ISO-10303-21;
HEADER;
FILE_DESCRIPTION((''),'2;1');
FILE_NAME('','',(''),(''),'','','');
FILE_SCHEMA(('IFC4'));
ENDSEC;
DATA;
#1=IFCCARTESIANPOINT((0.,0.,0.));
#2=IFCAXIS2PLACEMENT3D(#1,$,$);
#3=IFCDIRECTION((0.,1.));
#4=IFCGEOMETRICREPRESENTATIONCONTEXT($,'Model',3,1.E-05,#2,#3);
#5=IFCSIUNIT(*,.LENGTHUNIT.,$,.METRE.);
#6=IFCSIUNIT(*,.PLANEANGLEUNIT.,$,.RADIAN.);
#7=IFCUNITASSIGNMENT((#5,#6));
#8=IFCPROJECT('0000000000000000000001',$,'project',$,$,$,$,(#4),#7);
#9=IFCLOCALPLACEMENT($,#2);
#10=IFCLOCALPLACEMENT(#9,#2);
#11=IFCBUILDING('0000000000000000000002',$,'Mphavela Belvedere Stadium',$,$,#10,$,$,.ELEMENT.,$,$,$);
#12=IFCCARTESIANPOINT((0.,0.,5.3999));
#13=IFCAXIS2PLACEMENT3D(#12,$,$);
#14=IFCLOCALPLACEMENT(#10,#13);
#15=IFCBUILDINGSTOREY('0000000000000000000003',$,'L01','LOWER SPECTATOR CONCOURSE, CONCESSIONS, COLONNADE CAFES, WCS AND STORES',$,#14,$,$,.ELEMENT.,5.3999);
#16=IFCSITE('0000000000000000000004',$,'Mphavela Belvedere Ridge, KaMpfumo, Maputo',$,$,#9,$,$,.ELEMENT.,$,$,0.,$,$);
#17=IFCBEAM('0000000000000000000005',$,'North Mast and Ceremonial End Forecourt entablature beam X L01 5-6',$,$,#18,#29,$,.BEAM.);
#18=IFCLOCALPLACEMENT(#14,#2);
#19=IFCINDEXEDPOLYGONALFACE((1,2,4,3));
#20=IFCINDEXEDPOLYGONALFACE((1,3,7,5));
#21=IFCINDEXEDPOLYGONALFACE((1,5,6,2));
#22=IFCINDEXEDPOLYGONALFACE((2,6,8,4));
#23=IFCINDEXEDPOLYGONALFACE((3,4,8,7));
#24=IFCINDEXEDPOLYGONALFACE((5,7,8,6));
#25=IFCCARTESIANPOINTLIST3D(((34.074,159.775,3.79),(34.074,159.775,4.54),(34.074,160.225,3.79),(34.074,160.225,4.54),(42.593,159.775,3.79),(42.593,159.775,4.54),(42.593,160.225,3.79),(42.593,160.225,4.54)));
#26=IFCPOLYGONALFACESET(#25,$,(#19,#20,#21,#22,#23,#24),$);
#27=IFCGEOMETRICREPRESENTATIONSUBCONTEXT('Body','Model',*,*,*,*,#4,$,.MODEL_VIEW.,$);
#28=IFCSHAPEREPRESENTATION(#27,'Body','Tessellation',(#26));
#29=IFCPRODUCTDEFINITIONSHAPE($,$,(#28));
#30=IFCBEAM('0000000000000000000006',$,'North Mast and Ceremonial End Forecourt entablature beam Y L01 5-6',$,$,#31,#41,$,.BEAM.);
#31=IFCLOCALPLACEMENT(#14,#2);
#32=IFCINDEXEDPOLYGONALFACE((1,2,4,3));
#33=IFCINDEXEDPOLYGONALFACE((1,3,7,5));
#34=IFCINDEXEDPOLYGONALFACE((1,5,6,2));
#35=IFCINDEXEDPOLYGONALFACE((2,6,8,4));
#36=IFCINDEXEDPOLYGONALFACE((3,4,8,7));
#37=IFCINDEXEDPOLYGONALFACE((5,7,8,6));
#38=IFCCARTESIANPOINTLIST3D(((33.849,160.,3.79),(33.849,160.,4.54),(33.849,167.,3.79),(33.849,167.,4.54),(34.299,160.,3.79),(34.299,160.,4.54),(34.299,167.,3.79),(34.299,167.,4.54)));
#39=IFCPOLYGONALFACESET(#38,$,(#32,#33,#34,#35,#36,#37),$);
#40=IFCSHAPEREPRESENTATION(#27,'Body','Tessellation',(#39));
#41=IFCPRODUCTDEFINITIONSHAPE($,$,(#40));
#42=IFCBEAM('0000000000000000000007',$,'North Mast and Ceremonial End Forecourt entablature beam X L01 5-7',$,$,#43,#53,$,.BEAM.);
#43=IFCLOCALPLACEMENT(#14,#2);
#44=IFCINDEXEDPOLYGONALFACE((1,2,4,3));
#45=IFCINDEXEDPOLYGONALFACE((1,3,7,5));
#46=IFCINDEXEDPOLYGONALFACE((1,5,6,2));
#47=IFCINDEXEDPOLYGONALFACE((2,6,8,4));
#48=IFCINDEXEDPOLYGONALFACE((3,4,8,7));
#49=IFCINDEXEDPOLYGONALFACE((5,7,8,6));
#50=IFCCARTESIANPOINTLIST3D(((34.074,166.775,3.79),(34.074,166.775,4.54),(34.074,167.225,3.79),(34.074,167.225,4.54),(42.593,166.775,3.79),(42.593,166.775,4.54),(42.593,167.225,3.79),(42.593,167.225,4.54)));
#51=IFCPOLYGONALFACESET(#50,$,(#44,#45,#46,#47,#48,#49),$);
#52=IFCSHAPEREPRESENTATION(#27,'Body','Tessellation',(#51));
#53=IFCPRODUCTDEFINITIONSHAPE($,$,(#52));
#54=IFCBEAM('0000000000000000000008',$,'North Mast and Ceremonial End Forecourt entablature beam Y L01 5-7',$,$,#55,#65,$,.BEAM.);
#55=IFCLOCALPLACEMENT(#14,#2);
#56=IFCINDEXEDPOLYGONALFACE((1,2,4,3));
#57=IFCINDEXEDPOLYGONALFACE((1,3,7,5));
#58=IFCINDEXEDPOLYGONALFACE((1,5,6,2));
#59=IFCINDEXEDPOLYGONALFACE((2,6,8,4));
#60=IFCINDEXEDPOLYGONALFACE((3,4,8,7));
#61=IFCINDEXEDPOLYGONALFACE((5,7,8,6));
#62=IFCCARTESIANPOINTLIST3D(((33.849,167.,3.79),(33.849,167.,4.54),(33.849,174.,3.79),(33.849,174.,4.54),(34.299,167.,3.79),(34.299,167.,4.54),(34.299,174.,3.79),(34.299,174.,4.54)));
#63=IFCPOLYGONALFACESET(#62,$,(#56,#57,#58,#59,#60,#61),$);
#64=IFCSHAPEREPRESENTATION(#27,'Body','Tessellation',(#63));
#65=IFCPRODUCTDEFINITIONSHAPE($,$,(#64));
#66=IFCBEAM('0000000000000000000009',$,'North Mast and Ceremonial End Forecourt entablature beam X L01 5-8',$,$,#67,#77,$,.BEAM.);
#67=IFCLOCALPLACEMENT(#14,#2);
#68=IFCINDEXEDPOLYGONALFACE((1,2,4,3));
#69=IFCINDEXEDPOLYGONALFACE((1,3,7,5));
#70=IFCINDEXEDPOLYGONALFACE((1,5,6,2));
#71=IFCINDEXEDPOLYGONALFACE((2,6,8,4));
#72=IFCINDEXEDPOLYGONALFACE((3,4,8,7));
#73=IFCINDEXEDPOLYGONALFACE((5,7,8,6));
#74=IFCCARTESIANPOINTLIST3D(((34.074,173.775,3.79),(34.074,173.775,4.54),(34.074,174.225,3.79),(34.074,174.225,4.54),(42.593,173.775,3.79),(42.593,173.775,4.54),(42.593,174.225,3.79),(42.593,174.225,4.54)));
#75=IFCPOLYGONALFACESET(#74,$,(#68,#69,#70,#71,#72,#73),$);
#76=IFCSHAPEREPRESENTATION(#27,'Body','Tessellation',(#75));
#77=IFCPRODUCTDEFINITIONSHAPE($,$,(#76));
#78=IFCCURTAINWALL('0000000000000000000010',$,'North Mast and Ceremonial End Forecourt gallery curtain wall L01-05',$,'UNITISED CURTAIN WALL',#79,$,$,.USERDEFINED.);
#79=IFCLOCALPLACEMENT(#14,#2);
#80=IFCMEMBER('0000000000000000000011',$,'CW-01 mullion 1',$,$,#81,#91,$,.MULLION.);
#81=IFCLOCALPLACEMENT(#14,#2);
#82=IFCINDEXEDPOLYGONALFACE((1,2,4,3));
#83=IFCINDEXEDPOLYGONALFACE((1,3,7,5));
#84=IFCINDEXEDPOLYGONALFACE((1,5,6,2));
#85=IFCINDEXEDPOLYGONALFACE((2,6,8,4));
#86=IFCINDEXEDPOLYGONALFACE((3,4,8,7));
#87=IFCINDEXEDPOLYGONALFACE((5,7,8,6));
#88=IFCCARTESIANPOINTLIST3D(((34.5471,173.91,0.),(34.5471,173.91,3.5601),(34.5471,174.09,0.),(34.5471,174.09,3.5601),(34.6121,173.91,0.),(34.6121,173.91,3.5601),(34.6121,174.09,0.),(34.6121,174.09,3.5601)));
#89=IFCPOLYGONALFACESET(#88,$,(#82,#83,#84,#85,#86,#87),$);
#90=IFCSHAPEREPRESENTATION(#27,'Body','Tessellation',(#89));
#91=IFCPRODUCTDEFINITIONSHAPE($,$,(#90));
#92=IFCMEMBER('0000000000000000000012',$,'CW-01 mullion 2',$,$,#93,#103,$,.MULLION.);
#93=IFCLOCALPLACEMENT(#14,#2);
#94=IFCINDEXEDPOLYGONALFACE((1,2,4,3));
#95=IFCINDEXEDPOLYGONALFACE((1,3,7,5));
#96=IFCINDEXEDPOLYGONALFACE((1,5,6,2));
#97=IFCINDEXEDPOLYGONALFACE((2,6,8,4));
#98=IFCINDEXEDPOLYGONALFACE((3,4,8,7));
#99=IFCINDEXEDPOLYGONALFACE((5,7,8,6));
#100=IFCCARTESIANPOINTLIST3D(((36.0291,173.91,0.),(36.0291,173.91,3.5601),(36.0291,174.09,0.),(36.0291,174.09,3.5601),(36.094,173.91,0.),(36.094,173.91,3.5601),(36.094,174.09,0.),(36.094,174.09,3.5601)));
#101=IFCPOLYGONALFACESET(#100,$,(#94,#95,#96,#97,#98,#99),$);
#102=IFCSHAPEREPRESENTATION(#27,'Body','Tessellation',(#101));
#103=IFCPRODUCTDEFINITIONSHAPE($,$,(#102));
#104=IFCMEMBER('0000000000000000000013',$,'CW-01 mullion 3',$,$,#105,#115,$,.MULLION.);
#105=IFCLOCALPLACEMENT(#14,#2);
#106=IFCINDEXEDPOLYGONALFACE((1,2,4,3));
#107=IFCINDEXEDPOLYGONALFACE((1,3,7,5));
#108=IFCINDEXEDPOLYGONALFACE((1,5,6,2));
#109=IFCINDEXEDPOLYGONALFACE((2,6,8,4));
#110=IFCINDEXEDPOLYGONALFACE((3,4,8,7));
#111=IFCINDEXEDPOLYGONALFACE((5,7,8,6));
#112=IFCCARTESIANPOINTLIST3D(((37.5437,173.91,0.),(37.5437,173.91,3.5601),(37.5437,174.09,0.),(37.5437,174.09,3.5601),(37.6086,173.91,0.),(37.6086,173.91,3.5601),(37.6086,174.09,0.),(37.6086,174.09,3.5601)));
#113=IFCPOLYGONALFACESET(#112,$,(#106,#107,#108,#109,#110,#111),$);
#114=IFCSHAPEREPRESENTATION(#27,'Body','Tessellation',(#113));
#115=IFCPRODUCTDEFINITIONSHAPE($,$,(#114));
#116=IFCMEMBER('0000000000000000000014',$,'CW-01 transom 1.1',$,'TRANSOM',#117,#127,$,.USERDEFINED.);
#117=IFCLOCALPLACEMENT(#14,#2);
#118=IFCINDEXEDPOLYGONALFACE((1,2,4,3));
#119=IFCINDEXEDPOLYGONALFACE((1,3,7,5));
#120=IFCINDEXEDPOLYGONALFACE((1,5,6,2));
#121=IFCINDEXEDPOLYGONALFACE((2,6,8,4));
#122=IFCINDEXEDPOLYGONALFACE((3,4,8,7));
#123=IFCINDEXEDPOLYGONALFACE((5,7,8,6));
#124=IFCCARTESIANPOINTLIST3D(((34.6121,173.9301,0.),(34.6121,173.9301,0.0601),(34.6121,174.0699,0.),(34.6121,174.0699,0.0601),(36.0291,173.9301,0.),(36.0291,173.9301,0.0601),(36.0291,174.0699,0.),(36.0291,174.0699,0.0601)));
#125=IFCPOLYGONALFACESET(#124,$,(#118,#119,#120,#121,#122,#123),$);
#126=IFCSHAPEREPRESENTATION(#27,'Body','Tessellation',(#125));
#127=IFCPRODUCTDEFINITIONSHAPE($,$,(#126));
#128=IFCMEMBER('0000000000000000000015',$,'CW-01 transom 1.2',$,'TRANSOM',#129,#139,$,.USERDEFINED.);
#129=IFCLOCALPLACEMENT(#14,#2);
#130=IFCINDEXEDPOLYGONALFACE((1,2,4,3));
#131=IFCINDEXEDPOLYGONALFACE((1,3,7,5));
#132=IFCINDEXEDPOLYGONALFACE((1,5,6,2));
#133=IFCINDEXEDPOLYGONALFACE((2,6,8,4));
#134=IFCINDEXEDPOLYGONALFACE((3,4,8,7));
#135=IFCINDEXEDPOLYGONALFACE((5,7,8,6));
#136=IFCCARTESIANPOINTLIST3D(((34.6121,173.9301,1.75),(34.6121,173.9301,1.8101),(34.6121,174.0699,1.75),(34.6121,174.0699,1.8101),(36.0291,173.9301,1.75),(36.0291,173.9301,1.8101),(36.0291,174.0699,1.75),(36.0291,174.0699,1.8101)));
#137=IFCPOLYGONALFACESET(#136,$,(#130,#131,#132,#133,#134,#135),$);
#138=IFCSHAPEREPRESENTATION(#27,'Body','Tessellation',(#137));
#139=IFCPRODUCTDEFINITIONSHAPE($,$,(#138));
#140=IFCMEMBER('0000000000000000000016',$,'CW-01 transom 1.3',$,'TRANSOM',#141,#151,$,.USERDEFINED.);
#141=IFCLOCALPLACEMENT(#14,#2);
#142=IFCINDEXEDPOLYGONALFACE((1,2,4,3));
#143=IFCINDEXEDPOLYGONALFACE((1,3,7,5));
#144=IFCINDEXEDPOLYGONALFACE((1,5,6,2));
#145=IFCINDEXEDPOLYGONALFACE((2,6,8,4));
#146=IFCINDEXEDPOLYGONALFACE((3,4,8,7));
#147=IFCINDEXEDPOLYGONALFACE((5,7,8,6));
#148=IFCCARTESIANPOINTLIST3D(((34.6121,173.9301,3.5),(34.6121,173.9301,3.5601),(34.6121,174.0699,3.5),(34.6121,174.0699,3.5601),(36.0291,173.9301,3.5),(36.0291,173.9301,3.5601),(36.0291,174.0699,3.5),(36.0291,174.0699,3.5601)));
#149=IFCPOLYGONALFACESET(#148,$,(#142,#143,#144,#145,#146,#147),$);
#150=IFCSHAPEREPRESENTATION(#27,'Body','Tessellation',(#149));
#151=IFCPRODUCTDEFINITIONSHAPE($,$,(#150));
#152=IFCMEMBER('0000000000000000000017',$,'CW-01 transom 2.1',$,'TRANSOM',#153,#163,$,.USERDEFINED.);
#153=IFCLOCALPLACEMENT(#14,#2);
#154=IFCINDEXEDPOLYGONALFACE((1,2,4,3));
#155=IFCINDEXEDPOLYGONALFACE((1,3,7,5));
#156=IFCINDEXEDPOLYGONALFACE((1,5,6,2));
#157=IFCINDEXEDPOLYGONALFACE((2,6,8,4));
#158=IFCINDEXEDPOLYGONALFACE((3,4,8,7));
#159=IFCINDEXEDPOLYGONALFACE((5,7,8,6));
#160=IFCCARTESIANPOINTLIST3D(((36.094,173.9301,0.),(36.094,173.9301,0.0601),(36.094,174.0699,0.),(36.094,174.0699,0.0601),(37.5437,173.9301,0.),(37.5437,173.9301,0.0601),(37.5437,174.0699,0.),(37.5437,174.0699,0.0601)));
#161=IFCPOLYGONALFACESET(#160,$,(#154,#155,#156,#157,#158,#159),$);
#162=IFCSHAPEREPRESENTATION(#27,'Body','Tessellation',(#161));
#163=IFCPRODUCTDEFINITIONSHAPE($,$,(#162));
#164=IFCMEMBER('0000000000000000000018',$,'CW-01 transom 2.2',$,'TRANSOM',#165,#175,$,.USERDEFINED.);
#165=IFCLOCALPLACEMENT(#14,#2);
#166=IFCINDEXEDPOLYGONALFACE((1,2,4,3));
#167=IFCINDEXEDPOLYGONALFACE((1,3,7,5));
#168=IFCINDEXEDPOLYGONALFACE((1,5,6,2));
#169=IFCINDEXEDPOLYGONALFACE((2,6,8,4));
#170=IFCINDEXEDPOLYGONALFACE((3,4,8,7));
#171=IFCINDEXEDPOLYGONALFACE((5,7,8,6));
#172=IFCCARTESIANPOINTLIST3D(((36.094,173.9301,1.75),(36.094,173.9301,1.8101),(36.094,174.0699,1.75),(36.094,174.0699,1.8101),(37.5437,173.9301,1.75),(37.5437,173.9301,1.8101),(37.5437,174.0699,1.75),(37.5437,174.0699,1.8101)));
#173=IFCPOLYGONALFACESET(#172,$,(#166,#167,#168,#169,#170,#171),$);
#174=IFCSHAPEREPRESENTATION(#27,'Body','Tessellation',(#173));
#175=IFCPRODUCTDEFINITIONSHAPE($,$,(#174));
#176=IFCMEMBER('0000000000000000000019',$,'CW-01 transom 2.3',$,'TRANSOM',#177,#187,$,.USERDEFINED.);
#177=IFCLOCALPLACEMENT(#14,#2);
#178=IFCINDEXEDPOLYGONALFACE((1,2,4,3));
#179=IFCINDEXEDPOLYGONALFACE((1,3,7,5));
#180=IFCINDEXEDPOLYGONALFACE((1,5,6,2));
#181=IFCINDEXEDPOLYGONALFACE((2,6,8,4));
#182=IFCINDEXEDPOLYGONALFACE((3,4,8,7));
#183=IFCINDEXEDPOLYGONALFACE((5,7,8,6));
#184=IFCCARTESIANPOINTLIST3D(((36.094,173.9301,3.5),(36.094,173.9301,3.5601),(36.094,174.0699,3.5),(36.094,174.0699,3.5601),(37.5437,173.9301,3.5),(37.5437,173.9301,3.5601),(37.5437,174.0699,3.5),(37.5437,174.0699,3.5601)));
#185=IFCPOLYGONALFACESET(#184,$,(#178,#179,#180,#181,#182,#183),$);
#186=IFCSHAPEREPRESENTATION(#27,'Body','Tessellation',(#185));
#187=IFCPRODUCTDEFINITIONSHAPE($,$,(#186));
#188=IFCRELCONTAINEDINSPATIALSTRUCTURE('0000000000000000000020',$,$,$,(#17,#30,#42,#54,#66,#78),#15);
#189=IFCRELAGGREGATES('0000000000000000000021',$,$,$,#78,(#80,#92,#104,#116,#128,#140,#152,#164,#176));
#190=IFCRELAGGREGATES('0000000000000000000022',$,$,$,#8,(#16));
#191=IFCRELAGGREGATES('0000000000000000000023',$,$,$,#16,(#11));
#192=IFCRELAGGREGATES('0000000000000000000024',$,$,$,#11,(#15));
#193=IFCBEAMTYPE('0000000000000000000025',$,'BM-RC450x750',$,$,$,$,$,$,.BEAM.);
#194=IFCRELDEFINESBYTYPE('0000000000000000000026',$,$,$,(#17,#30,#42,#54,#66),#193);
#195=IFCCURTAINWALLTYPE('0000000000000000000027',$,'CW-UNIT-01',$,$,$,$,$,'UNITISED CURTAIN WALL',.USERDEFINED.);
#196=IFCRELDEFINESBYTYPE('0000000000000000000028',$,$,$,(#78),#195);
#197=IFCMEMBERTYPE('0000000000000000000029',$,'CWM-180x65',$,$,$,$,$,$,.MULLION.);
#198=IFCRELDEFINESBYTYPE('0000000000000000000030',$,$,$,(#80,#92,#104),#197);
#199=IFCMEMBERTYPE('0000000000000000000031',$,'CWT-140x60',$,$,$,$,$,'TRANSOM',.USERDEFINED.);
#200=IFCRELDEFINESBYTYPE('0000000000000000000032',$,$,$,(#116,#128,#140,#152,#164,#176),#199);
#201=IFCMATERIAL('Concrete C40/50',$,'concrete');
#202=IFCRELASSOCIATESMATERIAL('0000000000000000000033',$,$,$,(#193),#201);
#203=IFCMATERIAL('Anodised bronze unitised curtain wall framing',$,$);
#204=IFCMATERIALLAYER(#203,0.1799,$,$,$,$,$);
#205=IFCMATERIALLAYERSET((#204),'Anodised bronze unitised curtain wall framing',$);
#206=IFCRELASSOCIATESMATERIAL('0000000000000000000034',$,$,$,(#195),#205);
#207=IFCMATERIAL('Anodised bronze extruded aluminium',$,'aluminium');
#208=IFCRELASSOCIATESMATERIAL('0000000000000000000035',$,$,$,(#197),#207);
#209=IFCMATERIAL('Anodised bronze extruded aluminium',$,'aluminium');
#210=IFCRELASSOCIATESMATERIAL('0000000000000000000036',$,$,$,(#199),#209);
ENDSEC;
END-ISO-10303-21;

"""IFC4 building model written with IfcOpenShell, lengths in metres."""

from ifc_helpers import new_model, si_unit, direction, frame, origin, origin_2d, place, context, subcontext, project, spatial, rectangle, extrude, material, layer, layer_set, material_profile, profile_set, type_object, element, aggregate, save


model = new_model("IFC4")

# Units and contexts
model_context = context("Model", 3, precision=1e-05, world=origin(), true_north=direction((0.0, 1.0)))
body_context = subcontext(model_context, "Body", "Model", "MODEL_VIEW")
ifc_project = project(units=[si_unit("LENGTHUNIT", "METRE"), si_unit("PLANEANGLEUNIT", "RADIAN")], contexts=[model_context])

# Site, building, storey
site_placement = place(None, origin())
site = spatial("IfcSite", under=ifc_project, at=site_placement, Name="Mphavela Belvedere Ridge, KaMpfumo, Maputo", CompositionType="ELEMENT", RefElevation=0.0)
building_placement = place(site_placement, origin())
building = spatial("IfcBuilding", under=site, at=building_placement, Name="Mphavela Belvedere Stadium", CompositionType="ELEMENT")
storey_placement = place(building_placement, frame((0.0, 0.0, 5.3999)))
storey = spatial("IfcBuildingStorey", under=building, at=storey_placement, Name="L01", Description="LOWER SPECTATOR CONCOURSE, CONCESSIONS, COLONNADE CAFES, WCS AND STORES", CompositionType="ELEMENT", Elevation=5.3999)

# Beams
ifc_material_1 = material(Name="Concrete C40/50", Category="concrete")
ifc_material_profile_1 = material_profile(ifc_material_1, rectangle(XDim=0.45, YDim=0.75, at=origin_2d()), Name="RC 450x750")
ifc_profile_set_1 = profile_set([ifc_material_profile_1], Name="Concrete C40/50")
beam_type_1 = type_object("IfcBeamType", Name="BM-RC450x750", PredefinedType="BEAM", material=ifc_profile_set_1)
beam_1_placement = place(storey_placement, frame((34.074, 160.0, 4.165), z_axis=(1.0, 0.0, 0.0), x_axis=(0.0, 1.0, 0.0)))
element("IfcBeam", 1, at=beam_1_placement, inside=storey, type_object=beam_type_1, Name="North Mast and Ceremonial End Forecourt entablature beam X L01 5-6", PredefinedType="BEAM", context=body_context, shape_type="SweptSolid", body=[
    extrude(rectangle(XDim=0.45, YDim=0.75, at=origin_2d()), origin(), (0.0, 0.0, 1.0), 8.519),
])
beam_2_placement = place(storey_placement, frame((34.074, 160.0, 4.165), z_axis=(0.0, 1.0, 0.0), x_axis=(-1.0, 0.0, 0.0)))
element("IfcBeam", 2, at=beam_2_placement, inside=storey, type_object=beam_type_1, Name="North Mast and Ceremonial End Forecourt entablature beam Y L01 5-6", PredefinedType="BEAM", context=body_context, shape_type="SweptSolid", body=[
    extrude(rectangle(XDim=0.45, YDim=0.75, at=origin_2d()), origin(), (0.0, 0.0, 1.0), 7.0),
])
beam_3_placement = place(storey_placement, frame((34.074, 167.0, 4.165), z_axis=(1.0, 0.0, 0.0), x_axis=(0.0, 1.0, 0.0)))
element("IfcBeam", 3, at=beam_3_placement, inside=storey, type_object=beam_type_1, Name="North Mast and Ceremonial End Forecourt entablature beam X L01 5-7", PredefinedType="BEAM", context=body_context, shape_type="SweptSolid", body=[
    extrude(rectangle(XDim=0.45, YDim=0.75, at=origin_2d()), origin(), (0.0, 0.0, 1.0), 8.519),
])
beam_4_placement = place(storey_placement, frame((34.074, 167.0, 4.165), z_axis=(0.0, 1.0, 0.0), x_axis=(-1.0, 0.0, 0.0)))
element("IfcBeam", 4, at=beam_4_placement, inside=storey, type_object=beam_type_1, Name="North Mast and Ceremonial End Forecourt entablature beam Y L01 5-7", PredefinedType="BEAM", context=body_context, shape_type="SweptSolid", body=[
    extrude(rectangle(XDim=0.45, YDim=0.75, at=origin_2d()), origin(), (0.0, 0.0, 1.0), 7.0),
])
beam_5_placement = place(storey_placement, frame((34.074, 174.0, 4.165), z_axis=(1.0, 0.0, 0.0), x_axis=(0.0, 1.0, 0.0)))
element("IfcBeam", 5, at=beam_5_placement, inside=storey, type_object=beam_type_1, Name="North Mast and Ceremonial End Forecourt entablature beam X L01 5-8", PredefinedType="BEAM", context=body_context, shape_type="SweptSolid", body=[
    extrude(rectangle(XDim=0.45, YDim=0.75, at=origin_2d()), origin(), (0.0, 0.0, 1.0), 8.519),
])

# Curtain wall, members
ifc_material_2 = material(Name="Anodised bronze unitised curtain wall framing")
ifc_layer_1 = layer(ifc_material_2, 0.1799)
ifc_layer_set_1 = layer_set([ifc_layer_1], Name="Anodised bronze unitised curtain wall framing")
curtain_wall_type = type_object("IfcCurtainWallType", Name="CW-UNIT-01", ElementType="UNITISED CURTAIN WALL", PredefinedType="USERDEFINED", material=ifc_layer_set_1)
curtain_wall_placement = place(storey_placement, origin())
curtain_wall = element("IfcCurtainWall", 6, at=curtain_wall_placement, inside=storey, type_object=curtain_wall_type, Name="North Mast and Ceremonial End Forecourt gallery curtain wall L01-05", ObjectType="UNITISED CURTAIN WALL", PredefinedType="USERDEFINED")
ifc_material_3 = material(Name="Anodised bronze extruded aluminium", Category="aluminium")
ifc_material_profile_2 = material_profile(ifc_material_3, rectangle(XDim=0.1799, YDim=0.0649, at=origin_2d()), Name="CW-MUL 180x65")
ifc_profile_set_2 = profile_set([ifc_material_profile_2], Name="Anodised bronze extruded aluminium")
member_type_1 = type_object("IfcMemberType", Name="CWM-180x65", PredefinedType="MULLION", material=ifc_profile_set_2)
member_1_placement = place(storey_placement, frame((34.5796, 174.0, 0.0), z_axis=(0.0, 0.0, 1.0), x_axis=(0.0, 1.0, 0.0)))
member_1 = element("IfcMember", 7, at=member_1_placement, type_object=member_type_1, Name="CW-01 mullion 1", PredefinedType="MULLION", context=body_context, shape_type="SweptSolid", body=[
    extrude(rectangle(XDim=0.1799, YDim=0.0649, at=origin_2d()), origin(), (0.0, 0.0, 1.0), 3.5601),
])
member_2_placement = place(storey_placement, frame((36.0615, 174.0, 0.0), z_axis=(0.0, 0.0, 1.0), x_axis=(0.0, 1.0, 0.0)))
member_2 = element("IfcMember", 8, at=member_2_placement, type_object=member_type_1, Name="CW-01 mullion 2", PredefinedType="MULLION", context=body_context, shape_type="SweptSolid", body=[
    extrude(rectangle(XDim=0.1799, YDim=0.0649, at=origin_2d()), origin(), (0.0, 0.0, 1.0), 3.5601),
])
member_3_placement = place(storey_placement, frame((37.5762, 174.0, 0.0), z_axis=(0.0, 0.0, 1.0), x_axis=(0.0, 1.0, 0.0)))
member_3 = element("IfcMember", 9, at=member_3_placement, type_object=member_type_1, Name="CW-01 mullion 3", PredefinedType="MULLION", context=body_context, shape_type="SweptSolid", body=[
    extrude(rectangle(XDim=0.1799, YDim=0.0649, at=origin_2d()), origin(), (0.0, 0.0, 1.0), 3.5601),
])
ifc_material_4 = material(Name="Anodised bronze extruded aluminium", Category="aluminium")
ifc_material_profile_3 = material_profile(ifc_material_4, rectangle(XDim=0.1399, YDim=0.0601, at=origin_2d()), Name="CW-TRN 140x60")
ifc_profile_set_3 = profile_set([ifc_material_profile_3], Name="Anodised bronze extruded aluminium")
member_type_2 = type_object("IfcMemberType", Name="CWT-140x60", ElementType="TRANSOM", PredefinedType="USERDEFINED", material=ifc_profile_set_3)
member_4_placement = place(storey_placement, frame((34.6121, 174.0, 0.03), z_axis=(1.0, 0.0, 0.0), x_axis=(0.0, 1.0, 0.0)))
member_4 = element("IfcMember", 10, at=member_4_placement, type_object=member_type_2, Name="CW-01 transom 1.1", ObjectType="TRANSOM", PredefinedType="USERDEFINED", context=body_context, shape_type="SweptSolid", body=[
    extrude(rectangle(XDim=0.1399, YDim=0.0601, at=origin_2d()), origin(), (0.0, 0.0, 1.0), 1.417),
])
member_5_placement = place(storey_placement, frame((34.6121, 174.0, 1.78), z_axis=(1.0, 0.0, 0.0), x_axis=(0.0, 1.0, 0.0)))
member_5 = element("IfcMember", 11, at=member_5_placement, type_object=member_type_2, Name="CW-01 transom 1.2", ObjectType="TRANSOM", PredefinedType="USERDEFINED", context=body_context, shape_type="SweptSolid", body=[
    extrude(rectangle(XDim=0.1399, YDim=0.0601, at=origin_2d()), origin(), (0.0, 0.0, 1.0), 1.417),
])
member_6_placement = place(storey_placement, frame((34.6121, 174.0, 3.53), z_axis=(1.0, 0.0, 0.0), x_axis=(0.0, 1.0, 0.0)))
member_6 = element("IfcMember", 12, at=member_6_placement, type_object=member_type_2, Name="CW-01 transom 1.3", ObjectType="TRANSOM", PredefinedType="USERDEFINED", context=body_context, shape_type="SweptSolid", body=[
    extrude(rectangle(XDim=0.1399, YDim=0.0601, at=origin_2d()), origin(), (0.0, 0.0, 1.0), 1.417),
])
member_7_placement = place(storey_placement, frame((36.094, 174.0, 0.03), z_axis=(1.0, 0.0, 0.0), x_axis=(0.0, 1.0, 0.0)))
member_7 = element("IfcMember", 13, at=member_7_placement, type_object=member_type_2, Name="CW-01 transom 2.1", ObjectType="TRANSOM", PredefinedType="USERDEFINED", context=body_context, shape_type="SweptSolid", body=[
    extrude(rectangle(XDim=0.1399, YDim=0.0601, at=origin_2d()), origin(), (0.0, 0.0, 1.0), 1.4497),
])
member_8_placement = place(storey_placement, frame((36.094, 174.0, 1.78), z_axis=(1.0, 0.0, 0.0), x_axis=(0.0, 1.0, 0.0)))
member_8 = element("IfcMember", 14, at=member_8_placement, type_object=member_type_2, Name="CW-01 transom 2.2", ObjectType="TRANSOM", PredefinedType="USERDEFINED", context=body_context, shape_type="SweptSolid", body=[
    extrude(rectangle(XDim=0.1399, YDim=0.0601, at=origin_2d()), origin(), (0.0, 0.0, 1.0), 1.4497),
])
member_9_placement = place(storey_placement, frame((36.094, 174.0, 3.53), z_axis=(1.0, 0.0, 0.0), x_axis=(0.0, 1.0, 0.0)))
member_9 = element("IfcMember", 15, at=member_9_placement, type_object=member_type_2, Name="CW-01 transom 2.3", ObjectType="TRANSOM", PredefinedType="USERDEFINED", context=body_context, shape_type="SweptSolid", body=[
    extrude(rectangle(XDim=0.1399, YDim=0.0601, at=origin_2d()), origin(), (0.0, 0.0, 1.0), 1.4497),
])
aggregate(curtain_wall, [member_1, member_2, member_3, member_4, member_5, member_6, member_7, member_8, member_9])

save(model, "model.ifc")
